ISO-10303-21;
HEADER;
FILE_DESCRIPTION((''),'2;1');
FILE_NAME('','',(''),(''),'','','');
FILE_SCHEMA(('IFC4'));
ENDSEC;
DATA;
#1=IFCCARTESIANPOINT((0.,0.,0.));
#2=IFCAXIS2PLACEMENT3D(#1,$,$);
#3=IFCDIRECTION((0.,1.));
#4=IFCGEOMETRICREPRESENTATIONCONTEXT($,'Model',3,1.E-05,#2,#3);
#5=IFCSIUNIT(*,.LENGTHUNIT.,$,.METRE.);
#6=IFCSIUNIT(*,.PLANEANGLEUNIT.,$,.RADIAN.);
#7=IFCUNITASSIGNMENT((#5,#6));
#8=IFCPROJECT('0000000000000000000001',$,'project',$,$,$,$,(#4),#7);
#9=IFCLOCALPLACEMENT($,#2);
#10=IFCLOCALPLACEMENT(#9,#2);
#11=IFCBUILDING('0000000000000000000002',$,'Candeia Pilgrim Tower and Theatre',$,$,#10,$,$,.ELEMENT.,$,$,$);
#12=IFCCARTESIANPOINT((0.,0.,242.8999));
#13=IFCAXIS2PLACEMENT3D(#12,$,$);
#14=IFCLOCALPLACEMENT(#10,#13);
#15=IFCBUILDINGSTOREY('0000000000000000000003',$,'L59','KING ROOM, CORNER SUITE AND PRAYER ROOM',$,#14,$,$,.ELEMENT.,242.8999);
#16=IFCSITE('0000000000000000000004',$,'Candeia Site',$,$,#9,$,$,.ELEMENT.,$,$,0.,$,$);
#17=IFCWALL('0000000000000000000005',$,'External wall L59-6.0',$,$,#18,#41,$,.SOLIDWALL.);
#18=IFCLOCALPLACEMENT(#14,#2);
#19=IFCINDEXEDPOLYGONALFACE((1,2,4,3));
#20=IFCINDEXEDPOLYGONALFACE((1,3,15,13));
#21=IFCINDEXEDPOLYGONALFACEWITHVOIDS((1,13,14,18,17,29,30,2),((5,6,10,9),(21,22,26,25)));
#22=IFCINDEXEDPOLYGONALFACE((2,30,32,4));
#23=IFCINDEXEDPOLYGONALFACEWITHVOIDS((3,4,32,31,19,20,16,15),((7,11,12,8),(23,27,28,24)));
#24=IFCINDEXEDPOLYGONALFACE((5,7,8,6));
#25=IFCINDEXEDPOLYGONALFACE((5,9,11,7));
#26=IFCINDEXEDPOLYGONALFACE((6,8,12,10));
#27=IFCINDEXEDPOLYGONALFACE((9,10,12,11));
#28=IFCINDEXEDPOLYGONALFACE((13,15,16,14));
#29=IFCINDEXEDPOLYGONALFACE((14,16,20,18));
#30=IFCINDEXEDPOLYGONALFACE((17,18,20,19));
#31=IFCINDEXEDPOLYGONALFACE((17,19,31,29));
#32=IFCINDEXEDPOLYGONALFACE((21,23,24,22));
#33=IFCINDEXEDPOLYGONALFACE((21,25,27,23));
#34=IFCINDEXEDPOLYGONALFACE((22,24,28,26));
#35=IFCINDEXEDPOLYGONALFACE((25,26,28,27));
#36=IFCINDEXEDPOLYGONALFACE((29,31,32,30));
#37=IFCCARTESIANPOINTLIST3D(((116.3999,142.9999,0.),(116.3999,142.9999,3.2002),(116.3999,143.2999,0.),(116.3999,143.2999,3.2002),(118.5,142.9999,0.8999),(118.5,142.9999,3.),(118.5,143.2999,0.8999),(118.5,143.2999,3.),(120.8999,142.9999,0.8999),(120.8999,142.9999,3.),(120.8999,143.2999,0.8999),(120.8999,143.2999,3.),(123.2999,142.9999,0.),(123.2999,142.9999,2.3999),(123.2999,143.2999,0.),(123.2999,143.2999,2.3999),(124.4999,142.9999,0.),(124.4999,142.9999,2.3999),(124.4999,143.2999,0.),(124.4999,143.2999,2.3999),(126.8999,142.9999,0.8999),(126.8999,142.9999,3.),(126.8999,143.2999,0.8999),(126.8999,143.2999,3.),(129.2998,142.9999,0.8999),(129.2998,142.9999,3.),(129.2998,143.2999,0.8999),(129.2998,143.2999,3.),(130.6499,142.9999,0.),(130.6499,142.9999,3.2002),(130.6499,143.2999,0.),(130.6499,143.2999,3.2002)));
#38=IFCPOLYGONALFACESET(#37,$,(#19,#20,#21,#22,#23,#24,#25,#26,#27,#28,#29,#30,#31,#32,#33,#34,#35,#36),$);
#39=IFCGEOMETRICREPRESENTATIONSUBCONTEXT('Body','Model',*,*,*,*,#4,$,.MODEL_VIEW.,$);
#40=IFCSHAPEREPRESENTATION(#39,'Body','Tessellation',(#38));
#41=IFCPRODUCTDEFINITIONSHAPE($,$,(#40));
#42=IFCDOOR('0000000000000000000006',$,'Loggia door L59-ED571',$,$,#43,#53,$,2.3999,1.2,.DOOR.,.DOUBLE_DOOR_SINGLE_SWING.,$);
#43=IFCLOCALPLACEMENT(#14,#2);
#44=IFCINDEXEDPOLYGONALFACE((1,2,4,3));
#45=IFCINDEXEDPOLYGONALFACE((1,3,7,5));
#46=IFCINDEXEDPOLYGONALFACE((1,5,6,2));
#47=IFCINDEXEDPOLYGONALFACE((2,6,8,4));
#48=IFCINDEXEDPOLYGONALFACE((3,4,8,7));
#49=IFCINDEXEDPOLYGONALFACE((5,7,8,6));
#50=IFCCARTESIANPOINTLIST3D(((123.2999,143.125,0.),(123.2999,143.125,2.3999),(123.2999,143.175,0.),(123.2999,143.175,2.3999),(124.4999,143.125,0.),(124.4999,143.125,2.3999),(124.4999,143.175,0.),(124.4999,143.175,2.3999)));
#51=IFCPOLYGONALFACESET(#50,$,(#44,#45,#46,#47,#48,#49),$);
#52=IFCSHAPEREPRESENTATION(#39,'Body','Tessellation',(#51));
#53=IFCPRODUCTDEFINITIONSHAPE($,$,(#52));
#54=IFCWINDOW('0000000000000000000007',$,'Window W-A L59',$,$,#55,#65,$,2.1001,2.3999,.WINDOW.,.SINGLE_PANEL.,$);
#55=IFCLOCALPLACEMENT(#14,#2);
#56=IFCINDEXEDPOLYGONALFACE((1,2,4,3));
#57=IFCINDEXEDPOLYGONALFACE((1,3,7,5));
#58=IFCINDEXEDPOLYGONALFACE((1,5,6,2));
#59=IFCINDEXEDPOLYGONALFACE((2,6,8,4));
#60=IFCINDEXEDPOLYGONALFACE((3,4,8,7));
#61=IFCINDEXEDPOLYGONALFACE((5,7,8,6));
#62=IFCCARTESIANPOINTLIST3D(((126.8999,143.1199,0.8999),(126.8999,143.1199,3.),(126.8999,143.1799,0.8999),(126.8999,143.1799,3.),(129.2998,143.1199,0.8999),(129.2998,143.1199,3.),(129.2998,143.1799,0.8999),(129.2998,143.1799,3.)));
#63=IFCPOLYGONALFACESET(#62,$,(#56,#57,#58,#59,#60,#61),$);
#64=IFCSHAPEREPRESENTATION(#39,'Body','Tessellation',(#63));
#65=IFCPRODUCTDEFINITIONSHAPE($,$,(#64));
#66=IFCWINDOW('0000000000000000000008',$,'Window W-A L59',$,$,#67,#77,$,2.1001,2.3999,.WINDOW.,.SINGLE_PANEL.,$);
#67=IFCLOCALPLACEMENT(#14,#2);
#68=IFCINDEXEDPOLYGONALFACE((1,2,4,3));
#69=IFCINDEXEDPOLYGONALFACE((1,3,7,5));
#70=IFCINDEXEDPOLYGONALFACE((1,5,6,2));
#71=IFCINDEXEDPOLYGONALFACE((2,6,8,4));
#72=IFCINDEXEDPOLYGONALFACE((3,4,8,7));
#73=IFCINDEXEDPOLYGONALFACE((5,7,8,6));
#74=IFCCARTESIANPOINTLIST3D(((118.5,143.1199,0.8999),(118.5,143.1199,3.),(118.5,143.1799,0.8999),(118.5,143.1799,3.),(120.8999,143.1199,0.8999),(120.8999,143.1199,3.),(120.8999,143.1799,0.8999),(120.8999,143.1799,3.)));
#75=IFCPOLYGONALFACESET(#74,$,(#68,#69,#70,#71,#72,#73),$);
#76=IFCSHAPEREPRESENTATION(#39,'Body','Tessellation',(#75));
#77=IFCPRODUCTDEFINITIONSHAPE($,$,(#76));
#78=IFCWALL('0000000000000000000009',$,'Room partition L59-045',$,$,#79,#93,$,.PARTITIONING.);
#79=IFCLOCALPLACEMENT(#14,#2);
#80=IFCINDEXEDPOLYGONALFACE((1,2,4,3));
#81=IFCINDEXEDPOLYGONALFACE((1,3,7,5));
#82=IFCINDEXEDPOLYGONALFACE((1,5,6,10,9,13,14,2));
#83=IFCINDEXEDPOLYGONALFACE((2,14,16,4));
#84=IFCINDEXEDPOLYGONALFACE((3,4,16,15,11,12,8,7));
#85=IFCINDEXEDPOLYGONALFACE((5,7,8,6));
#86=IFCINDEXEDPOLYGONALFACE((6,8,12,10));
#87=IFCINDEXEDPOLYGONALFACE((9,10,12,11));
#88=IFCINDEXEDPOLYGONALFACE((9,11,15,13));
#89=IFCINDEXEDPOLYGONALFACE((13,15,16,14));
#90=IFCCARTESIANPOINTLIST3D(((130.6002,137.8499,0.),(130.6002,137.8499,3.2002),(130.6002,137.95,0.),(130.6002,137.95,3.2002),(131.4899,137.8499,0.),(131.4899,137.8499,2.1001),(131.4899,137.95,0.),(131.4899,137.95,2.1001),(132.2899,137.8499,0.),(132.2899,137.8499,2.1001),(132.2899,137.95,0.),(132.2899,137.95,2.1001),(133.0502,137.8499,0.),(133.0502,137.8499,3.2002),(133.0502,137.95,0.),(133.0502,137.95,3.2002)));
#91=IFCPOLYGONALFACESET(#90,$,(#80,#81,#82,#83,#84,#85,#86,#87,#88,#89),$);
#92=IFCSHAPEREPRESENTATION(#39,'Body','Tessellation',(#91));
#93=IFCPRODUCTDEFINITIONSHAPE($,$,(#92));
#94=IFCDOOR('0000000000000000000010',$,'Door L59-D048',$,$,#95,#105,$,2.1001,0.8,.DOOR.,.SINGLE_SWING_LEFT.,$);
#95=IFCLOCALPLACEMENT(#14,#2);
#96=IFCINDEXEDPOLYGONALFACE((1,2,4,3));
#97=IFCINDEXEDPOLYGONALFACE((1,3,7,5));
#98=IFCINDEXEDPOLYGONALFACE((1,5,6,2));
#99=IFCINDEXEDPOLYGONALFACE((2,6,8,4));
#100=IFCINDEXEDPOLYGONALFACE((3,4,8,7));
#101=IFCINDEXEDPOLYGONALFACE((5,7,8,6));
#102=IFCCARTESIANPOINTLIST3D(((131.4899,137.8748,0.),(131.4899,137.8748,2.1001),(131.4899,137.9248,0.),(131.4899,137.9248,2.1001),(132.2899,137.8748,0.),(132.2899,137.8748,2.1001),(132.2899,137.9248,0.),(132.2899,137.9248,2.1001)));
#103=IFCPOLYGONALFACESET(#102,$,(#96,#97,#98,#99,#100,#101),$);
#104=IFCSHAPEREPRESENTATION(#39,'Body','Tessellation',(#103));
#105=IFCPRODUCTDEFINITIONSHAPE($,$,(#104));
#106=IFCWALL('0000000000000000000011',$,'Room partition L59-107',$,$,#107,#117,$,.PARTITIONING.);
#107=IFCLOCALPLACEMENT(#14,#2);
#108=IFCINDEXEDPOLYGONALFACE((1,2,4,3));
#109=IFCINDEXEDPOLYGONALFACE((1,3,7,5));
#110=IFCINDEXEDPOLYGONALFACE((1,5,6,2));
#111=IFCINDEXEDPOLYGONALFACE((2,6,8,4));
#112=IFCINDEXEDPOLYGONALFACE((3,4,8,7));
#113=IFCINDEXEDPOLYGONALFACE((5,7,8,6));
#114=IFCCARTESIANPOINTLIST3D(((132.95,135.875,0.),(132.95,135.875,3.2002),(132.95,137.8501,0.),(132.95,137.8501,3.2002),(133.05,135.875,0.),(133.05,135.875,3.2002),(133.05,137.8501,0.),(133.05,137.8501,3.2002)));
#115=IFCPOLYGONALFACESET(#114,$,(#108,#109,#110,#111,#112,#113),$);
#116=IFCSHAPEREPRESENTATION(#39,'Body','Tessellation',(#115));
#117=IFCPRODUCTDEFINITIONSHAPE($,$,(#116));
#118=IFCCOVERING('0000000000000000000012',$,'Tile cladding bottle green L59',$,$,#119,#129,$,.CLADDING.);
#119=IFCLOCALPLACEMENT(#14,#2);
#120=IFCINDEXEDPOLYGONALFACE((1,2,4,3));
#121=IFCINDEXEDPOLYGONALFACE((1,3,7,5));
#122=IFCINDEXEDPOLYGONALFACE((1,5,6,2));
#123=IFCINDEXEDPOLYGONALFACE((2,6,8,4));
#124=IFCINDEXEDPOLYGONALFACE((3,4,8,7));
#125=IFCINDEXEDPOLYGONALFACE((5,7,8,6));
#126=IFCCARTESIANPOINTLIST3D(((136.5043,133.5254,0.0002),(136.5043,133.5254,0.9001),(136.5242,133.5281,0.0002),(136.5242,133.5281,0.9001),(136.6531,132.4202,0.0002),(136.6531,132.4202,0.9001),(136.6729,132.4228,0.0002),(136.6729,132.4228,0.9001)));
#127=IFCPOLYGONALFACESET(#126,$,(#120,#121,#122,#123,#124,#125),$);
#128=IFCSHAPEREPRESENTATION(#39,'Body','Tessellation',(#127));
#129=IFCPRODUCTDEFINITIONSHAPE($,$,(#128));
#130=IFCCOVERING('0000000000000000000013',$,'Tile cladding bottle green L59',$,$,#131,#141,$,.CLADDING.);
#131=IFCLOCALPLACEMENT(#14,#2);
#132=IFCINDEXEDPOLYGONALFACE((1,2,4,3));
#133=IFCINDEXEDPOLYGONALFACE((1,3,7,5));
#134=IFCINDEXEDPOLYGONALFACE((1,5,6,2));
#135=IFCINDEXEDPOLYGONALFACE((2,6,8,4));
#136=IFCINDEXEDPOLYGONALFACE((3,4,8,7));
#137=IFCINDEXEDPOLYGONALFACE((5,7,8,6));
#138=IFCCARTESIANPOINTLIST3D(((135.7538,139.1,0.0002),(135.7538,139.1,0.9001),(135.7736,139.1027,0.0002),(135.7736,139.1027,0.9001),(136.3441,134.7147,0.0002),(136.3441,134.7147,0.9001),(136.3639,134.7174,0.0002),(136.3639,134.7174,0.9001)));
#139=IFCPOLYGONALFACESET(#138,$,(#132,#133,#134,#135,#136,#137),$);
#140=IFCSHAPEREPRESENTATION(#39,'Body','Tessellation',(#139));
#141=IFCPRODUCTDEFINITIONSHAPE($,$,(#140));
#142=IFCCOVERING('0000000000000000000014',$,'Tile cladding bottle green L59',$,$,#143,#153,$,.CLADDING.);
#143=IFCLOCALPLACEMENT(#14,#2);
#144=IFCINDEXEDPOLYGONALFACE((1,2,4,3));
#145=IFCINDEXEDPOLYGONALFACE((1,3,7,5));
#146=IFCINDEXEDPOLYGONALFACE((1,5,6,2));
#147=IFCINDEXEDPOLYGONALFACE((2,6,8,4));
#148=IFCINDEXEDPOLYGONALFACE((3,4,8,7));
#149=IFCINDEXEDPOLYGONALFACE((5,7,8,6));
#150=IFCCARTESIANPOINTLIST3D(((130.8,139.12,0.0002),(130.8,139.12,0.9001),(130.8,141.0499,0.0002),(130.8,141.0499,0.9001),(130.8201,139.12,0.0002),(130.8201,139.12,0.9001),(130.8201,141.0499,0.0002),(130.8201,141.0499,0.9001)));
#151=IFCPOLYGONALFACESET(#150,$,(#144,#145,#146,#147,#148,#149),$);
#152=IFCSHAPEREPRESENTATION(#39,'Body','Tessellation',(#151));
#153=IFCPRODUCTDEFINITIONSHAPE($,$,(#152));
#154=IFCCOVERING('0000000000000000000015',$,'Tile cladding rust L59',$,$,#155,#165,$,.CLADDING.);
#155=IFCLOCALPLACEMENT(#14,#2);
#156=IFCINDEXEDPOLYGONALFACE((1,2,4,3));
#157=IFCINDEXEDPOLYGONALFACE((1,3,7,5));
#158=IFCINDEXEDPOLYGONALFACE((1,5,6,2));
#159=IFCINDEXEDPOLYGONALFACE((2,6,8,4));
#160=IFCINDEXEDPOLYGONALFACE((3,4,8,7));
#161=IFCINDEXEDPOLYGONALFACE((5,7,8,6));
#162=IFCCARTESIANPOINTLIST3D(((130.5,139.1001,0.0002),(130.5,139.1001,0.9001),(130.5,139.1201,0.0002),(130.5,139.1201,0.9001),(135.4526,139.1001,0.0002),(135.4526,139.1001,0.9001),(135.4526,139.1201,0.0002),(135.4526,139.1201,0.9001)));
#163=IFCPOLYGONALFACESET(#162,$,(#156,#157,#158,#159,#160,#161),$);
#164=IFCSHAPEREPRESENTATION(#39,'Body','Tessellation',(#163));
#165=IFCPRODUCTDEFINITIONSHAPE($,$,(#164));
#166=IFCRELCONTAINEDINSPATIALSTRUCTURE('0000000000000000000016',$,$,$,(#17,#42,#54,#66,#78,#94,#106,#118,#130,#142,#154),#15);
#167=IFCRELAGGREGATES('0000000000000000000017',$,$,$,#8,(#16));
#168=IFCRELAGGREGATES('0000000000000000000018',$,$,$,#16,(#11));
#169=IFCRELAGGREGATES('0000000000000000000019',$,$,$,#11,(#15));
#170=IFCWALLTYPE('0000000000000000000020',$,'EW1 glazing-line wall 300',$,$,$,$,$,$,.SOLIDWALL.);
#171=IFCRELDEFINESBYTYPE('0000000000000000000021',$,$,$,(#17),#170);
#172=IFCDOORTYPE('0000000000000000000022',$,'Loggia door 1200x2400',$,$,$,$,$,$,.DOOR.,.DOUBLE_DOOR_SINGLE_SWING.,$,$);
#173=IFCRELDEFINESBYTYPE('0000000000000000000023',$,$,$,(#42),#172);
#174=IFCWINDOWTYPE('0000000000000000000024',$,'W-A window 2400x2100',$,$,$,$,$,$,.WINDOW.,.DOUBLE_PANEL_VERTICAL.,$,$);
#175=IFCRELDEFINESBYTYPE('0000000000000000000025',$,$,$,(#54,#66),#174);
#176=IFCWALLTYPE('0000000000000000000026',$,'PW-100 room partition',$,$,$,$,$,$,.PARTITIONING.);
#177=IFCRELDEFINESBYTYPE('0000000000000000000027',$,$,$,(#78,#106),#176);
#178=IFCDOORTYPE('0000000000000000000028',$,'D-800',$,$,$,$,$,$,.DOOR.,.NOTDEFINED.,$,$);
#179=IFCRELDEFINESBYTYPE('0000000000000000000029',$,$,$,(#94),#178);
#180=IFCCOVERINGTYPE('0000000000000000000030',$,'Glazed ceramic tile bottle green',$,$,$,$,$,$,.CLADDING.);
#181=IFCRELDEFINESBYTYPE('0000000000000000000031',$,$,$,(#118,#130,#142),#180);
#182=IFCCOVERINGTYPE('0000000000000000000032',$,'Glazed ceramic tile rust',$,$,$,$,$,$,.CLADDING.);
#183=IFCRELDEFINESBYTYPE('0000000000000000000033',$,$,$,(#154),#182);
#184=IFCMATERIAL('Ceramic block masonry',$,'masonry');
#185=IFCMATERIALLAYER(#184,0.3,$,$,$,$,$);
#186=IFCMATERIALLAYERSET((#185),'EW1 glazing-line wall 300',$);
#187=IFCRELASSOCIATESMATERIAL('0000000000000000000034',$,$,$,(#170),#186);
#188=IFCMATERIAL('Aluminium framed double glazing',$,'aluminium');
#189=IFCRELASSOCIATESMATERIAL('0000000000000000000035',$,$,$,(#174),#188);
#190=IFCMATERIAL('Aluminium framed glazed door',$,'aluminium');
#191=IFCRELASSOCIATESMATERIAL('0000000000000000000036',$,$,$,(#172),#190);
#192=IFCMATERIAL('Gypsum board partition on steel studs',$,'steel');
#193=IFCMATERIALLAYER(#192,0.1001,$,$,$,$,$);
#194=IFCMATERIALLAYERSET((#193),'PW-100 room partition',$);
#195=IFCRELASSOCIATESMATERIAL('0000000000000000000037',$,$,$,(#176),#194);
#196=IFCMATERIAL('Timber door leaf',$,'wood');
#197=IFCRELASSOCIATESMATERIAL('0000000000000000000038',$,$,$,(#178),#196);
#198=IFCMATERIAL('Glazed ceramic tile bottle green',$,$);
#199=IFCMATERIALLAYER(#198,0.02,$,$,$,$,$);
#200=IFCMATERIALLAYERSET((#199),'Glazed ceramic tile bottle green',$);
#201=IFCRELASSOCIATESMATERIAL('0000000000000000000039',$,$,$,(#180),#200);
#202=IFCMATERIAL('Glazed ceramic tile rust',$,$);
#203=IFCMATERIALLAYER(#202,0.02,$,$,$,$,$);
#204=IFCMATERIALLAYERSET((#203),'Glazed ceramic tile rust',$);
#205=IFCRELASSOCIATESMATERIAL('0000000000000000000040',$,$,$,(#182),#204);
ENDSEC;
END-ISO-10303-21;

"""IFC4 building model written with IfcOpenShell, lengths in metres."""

from ifc_helpers import new_model, si_unit, direction, frame, frame_2d, origin, origin_2d, place, context, subcontext, project, spatial, rectangle, extrude, material, layer, layer_set, type_object, element, fill, save


model = new_model("IFC4")

# Units and contexts
model_context = context("Model", 3, precision=1e-05, world=origin(), true_north=direction((0.0, 1.0)))
body_context = subcontext(model_context, "Body", "Model", "MODEL_VIEW")
ifc_project = project(units=[si_unit("LENGTHUNIT", "METRE"), si_unit("PLANEANGLEUNIT", "RADIAN")], contexts=[model_context])

# Site, building, storey
site_placement = place(None, origin())
site = spatial("IfcSite", under=ifc_project, at=site_placement, Name="Candeia Site", CompositionType="ELEMENT", RefElevation=0.0)
building_placement = place(site_placement, origin())
building = spatial("IfcBuilding", under=site, at=building_placement, Name="Candeia Pilgrim Tower and Theatre", CompositionType="ELEMENT")
storey_placement = place(building_placement, frame((0.0, 0.0, 242.8999)))
storey = spatial("IfcBuildingStorey", under=building, at=storey_placement, Name="L59", Description="KING ROOM, CORNER SUITE AND PRAYER ROOM", CompositionType="ELEMENT", Elevation=242.8999)

# Shared definitions
ifc_material_1 = material(Name="Ceramic block masonry", Category="masonry")
ifc_layer_1 = layer(ifc_material_1, 0.3)
ifc_layer_set_1 = layer_set([ifc_layer_1], Name="EW1 glazing-line wall 300")
wall_type_1 = type_object("IfcWallType", Name="EW1 glazing-line wall 300", PredefinedType="SOLIDWALL", material=ifc_layer_set_1)
ifc_material_2 = material(Name="Aluminium framed double glazing", Category="aluminium")
window_type = type_object("IfcWindowType", Name="W-A window 2400x2100", PartitioningType="DOUBLE_PANEL_VERTICAL", PredefinedType="WINDOW", material=ifc_material_2)

# Shared definitions
ifc_material_3 = material(Name="Aluminium framed glazed door", Category="aluminium")
door_type_1 = type_object("IfcDoorType", Name="Loggia door 1200x2400", OperationType="DOUBLE_DOOR_SINGLE_SWING", PredefinedType="DOOR", material=ifc_material_3)

# Wall, openings, door, windows
wall_1_placement = place(storey_placement, frame((130.6499, 143.1499, 0.0), z_axis=(0.0, 0.0, 1.0), x_axis=(-1.0, 0.0, 0.0)))
wall_1 = element("IfcWall", 1, at=wall_1_placement, inside=storey, type_object=wall_type_1, Name="External wall L59-6.0", PredefinedType="SOLIDWALL", context=body_context, shape_type="SweptSolid", body=[
    extrude(rectangle(XDim=14.25, YDim=0.3, at=frame_2d((7.125, 0.0))), origin(), (0.0, 0.0, 1.0), 3.2002),
])
opening_1_placement = place(wall_1_placement, frame((1.3501, 0.0, 0.8999)))
opening_1 = element("IfcOpeningElement", 2, at=opening_1_placement, cuts=wall_1, PredefinedType="OPENING", context=body_context, shape_type="SweptSolid", body=[
    extrude(rectangle(XDim=2.3999, YDim=2.1001, at=frame_2d((1.2, 1.05))), frame((0.0, 0.1602, 0.0), z_axis=(0.0, -1.0, 0.0), x_axis=(1.0, 0.0, 0.0)), (0.0, 0.0, 1.0), 0.3201),
])
opening_2_placement = place(wall_1_placement, frame((6.1499, 0.0, 0.0)))
opening_2 = element("IfcOpeningElement", 3, at=opening_2_placement, cuts=wall_1, PredefinedType="OPENING", context=body_context, shape_type="SweptSolid", body=[
    extrude(rectangle(XDim=1.2, YDim=2.3999, at=frame_2d((0.6001, 1.2))), frame((0.0, 0.1602, 0.0), z_axis=(0.0, -1.0, 0.0), x_axis=(1.0, 0.0, 0.0)), (0.0, 0.0, 1.0), 0.3201),
])
opening_3_placement = place(wall_1_placement, frame((9.75, 0.0, 0.8999)))
opening_3 = element("IfcOpeningElement", 4, at=opening_3_placement, cuts=wall_1, PredefinedType="OPENING", context=body_context, shape_type="SweptSolid", body=[
    extrude(rectangle(XDim=2.3999, YDim=2.1001, at=frame_2d((1.2, 1.05))), frame((0.0, 0.1602, 0.0), z_axis=(0.0, -1.0, 0.0), x_axis=(1.0, 0.0, 0.0)), (0.0, 0.0, 1.0), 0.3201),
])
door_1_placement = place(opening_2_placement, origin())
door_1 = element("IfcDoor", 5, at=door_1_placement, inside=storey, type_object=door_type_1, Name="Loggia door L59-ED571", OperationType="DOUBLE_DOOR_SINGLE_SWING", OverallHeight=2.3999, OverallWidth=1.2, PredefinedType="DOOR", context=body_context, shape_type="SweptSolid", body=[
    extrude(rectangle(XDim=1.2, YDim=2.3999, at=frame_2d((0.6001, 1.2))), frame((0.0, 0.0249, 0.0), z_axis=(0.0, -1.0, 0.0), x_axis=(1.0, 0.0, 0.0)), (0.0, 0.0, 1.0), 0.05),
])
fill(opening_2, door_1)
window_1_placement = place(opening_1_placement, origin())
window_1 = element("IfcWindow", 6, at=window_1_placement, inside=storey, type_object=window_type, Name="Window W-A L59", OverallHeight=2.1001, OverallWidth=2.3999, PartitioningType="SINGLE_PANEL", PredefinedType="WINDOW", context=body_context, shape_type="SweptSolid", body=[
    extrude(rectangle(XDim=2.3999, YDim=2.1001, at=frame_2d((1.2, 1.05))), frame((0.0, 0.03, 0.0), z_axis=(0.0, -1.0, 0.0), x_axis=(1.0, 0.0, 0.0)), (0.0, 0.0, 1.0), 0.0601),
])
fill(opening_1, window_1)
window_2_placement = place(opening_3_placement, origin())
window_2 = element("IfcWindow", 7, at=window_2_placement, inside=storey, type_object=window_type, Name="Window W-A L59", OverallHeight=2.1001, OverallWidth=2.3999, PartitioningType="SINGLE_PANEL", PredefinedType="WINDOW", context=body_context, shape_type="SweptSolid", body=[
    extrude(rectangle(XDim=2.3999, YDim=2.1001, at=frame_2d((1.2, 1.05))), frame((0.0, 0.03, 0.0), z_axis=(0.0, -1.0, 0.0), x_axis=(1.0, 0.0, 0.0)), (0.0, 0.0, 1.0), 0.0601),
])
fill(opening_3, window_2)

# Wall, opening, door
ifc_material_4 = material(Name="Gypsum board partition on steel studs", Category="steel")
ifc_layer_2 = layer(ifc_material_4, 0.1001)
ifc_layer_set_2 = layer_set([ifc_layer_2], Name="PW-100 room partition")
wall_type_2 = type_object("IfcWallType", Name="PW-100 room partition", PredefinedType="PARTITIONING", material=ifc_layer_set_2)
wall_2_placement = place(storey_placement, frame((130.6001, 137.8999, 0.0), z_axis=(0.0, 0.0, 1.0), x_axis=(1.0, 0.0, 0.0)))
wall_2 = element("IfcWall", 8, at=wall_2_placement, inside=storey, type_object=wall_type_2, Name="Room partition L59-045", PredefinedType="PARTITIONING", context=body_context, shape_type="SweptSolid", body=[
    extrude(rectangle(XDim=2.45, YDim=0.1001, at=frame_2d((1.2251, 0.0))), origin(), (0.0, 0.0, 1.0), 3.2002),
])
opening_4_placement = place(wall_2_placement, frame((0.8899, 0.0, 0.0)))
opening_4 = element("IfcOpeningElement", 9, at=opening_4_placement, cuts=wall_2, PredefinedType="OPENING", context=body_context, shape_type="SweptSolid", body=[
    extrude(rectangle(XDim=0.8, YDim=2.1001, at=frame_2d((0.3999, 1.05))), frame((0.0, 0.0601, 0.0), z_axis=(0.0, -1.0, 0.0), x_axis=(1.0, 0.0, 0.0)), (0.0, 0.0, 1.0), 0.1201),
])
ifc_material_5 = material(Name="Timber door leaf", Category="wood")
door_type_2 = type_object("IfcDoorType", Name="D-800", OperationType="NOTDEFINED", PredefinedType="DOOR", material=ifc_material_5)
door_2_placement = place(opening_4_placement, origin())
door_2 = element("IfcDoor", 10, at=door_2_placement, inside=storey, type_object=door_type_2, Name="Door L59-D048", OperationType="SINGLE_SWING_LEFT", OverallHeight=2.1001, OverallWidth=0.8, PredefinedType="DOOR", context=body_context, shape_type="SweptSolid", body=[
    extrude(rectangle(XDim=0.8, YDim=2.1001, at=frame_2d((0.3999, 1.05))), frame((0.0, 0.0249, 0.0), z_axis=(0.0, -1.0, 0.0), x_axis=(1.0, 0.0, 0.0)), (0.0, 0.0, 1.0), 0.05),
])
fill(opening_4, door_2)

# Wall
wall_3_placement = place(storey_placement, frame((133.0, 135.875, 0.0), z_axis=(0.0, 0.0, 1.0), x_axis=(0.0, 1.0, 0.0)))
element("IfcWall", 11, at=wall_3_placement, inside=storey, type_object=wall_type_2, Name="Room partition L59-107", PredefinedType="PARTITIONING", context=body_context, shape_type="SweptSolid", body=[
    extrude(rectangle(XDim=1.9751, YDim=0.1001, at=frame_2d((0.9875, 0.0))), origin(), (0.0, 0.0, 1.0), 3.2002),
])

# Coverings
ifc_material_6 = material(Name="Glazed ceramic tile bottle green")
ifc_layer_3 = layer(ifc_material_6, 0.02)
ifc_layer_set_3 = layer_set([ifc_layer_3], Name="Glazed ceramic tile bottle green")
covering_type_1 = type_object("IfcCoveringType", Name="Glazed ceramic tile bottle green", PredefinedType="CLADDING", material=ifc_layer_set_3)
covering_1_placement = place(storey_placement, frame((136.5886, 132.9741, 0.0002), z_axis=(0.0, 0.0, 1.0), x_axis=(-0.133412, 0.991061, 0.0)))
element("IfcCovering", 12, at=covering_1_placement, inside=storey, type_object=covering_type_1, Name="Tile cladding bottle green L59", PredefinedType="CLADDING", context=body_context, shape_type="SweptSolid", body=[
    extrude(rectangle(XDim=1.1152, YDim=0.02, at=origin_2d()), origin(), (0.0, 0.0, 1.0), 0.8999),
])
covering_2_placement = place(storey_placement, frame((136.0588, 136.9087, 0.0002), z_axis=(0.0, 0.0, 1.0), x_axis=(-0.133412, 0.991061, 0.0)))
element("IfcCovering", 13, at=covering_2_placement, inside=storey, type_object=covering_type_1, Name="Tile cladding bottle green L59", PredefinedType="CLADDING", context=body_context, shape_type="SweptSolid", body=[
    extrude(rectangle(XDim=4.4248, YDim=0.02, at=origin_2d()), origin(), (0.0, 0.0, 1.0), 0.8999),
])
covering_3_placement = place(storey_placement, frame((130.8101, 140.085, 0.0002), z_axis=(0.0, 0.0, 1.0), x_axis=(0.0, 1.0, 0.0)))
element("IfcCovering", 14, at=covering_3_placement, inside=storey, type_object=covering_type_1, Name="Tile cladding bottle green L59", PredefinedType="CLADDING", context=body_context, shape_type="SweptSolid", body=[
    extrude(rectangle(XDim=1.9299, YDim=0.02, at=origin_2d()), origin(), (0.0, 0.0, 1.0), 0.8999),
])
ifc_material_7 = material(Name="Glazed ceramic tile rust")
ifc_layer_4 = layer(ifc_material_7, 0.02)
ifc_layer_set_4 = layer_set([ifc_layer_4], Name="Glazed ceramic tile rust")
covering_type_2 = type_object("IfcCoveringType", Name="Glazed ceramic tile rust", PredefinedType="CLADDING", material=ifc_layer_set_4)
covering_4_placement = place(storey_placement, frame((132.9763, 139.1101, 0.0002), z_axis=(0.0, 0.0, 1.0), x_axis=(-1.0, 0.0, 0.0)))
element("IfcCovering", 15, at=covering_4_placement, inside=storey, type_object=covering_type_2, Name="Tile cladding rust L59", PredefinedType="CLADDING", context=body_context, shape_type="SweptSolid", body=[
    extrude(rectangle(XDim=4.9526, YDim=0.02, at=origin_2d()), origin(), (0.0, 0.0, 1.0), 0.8999),
])

save(model, "model.ifc")
